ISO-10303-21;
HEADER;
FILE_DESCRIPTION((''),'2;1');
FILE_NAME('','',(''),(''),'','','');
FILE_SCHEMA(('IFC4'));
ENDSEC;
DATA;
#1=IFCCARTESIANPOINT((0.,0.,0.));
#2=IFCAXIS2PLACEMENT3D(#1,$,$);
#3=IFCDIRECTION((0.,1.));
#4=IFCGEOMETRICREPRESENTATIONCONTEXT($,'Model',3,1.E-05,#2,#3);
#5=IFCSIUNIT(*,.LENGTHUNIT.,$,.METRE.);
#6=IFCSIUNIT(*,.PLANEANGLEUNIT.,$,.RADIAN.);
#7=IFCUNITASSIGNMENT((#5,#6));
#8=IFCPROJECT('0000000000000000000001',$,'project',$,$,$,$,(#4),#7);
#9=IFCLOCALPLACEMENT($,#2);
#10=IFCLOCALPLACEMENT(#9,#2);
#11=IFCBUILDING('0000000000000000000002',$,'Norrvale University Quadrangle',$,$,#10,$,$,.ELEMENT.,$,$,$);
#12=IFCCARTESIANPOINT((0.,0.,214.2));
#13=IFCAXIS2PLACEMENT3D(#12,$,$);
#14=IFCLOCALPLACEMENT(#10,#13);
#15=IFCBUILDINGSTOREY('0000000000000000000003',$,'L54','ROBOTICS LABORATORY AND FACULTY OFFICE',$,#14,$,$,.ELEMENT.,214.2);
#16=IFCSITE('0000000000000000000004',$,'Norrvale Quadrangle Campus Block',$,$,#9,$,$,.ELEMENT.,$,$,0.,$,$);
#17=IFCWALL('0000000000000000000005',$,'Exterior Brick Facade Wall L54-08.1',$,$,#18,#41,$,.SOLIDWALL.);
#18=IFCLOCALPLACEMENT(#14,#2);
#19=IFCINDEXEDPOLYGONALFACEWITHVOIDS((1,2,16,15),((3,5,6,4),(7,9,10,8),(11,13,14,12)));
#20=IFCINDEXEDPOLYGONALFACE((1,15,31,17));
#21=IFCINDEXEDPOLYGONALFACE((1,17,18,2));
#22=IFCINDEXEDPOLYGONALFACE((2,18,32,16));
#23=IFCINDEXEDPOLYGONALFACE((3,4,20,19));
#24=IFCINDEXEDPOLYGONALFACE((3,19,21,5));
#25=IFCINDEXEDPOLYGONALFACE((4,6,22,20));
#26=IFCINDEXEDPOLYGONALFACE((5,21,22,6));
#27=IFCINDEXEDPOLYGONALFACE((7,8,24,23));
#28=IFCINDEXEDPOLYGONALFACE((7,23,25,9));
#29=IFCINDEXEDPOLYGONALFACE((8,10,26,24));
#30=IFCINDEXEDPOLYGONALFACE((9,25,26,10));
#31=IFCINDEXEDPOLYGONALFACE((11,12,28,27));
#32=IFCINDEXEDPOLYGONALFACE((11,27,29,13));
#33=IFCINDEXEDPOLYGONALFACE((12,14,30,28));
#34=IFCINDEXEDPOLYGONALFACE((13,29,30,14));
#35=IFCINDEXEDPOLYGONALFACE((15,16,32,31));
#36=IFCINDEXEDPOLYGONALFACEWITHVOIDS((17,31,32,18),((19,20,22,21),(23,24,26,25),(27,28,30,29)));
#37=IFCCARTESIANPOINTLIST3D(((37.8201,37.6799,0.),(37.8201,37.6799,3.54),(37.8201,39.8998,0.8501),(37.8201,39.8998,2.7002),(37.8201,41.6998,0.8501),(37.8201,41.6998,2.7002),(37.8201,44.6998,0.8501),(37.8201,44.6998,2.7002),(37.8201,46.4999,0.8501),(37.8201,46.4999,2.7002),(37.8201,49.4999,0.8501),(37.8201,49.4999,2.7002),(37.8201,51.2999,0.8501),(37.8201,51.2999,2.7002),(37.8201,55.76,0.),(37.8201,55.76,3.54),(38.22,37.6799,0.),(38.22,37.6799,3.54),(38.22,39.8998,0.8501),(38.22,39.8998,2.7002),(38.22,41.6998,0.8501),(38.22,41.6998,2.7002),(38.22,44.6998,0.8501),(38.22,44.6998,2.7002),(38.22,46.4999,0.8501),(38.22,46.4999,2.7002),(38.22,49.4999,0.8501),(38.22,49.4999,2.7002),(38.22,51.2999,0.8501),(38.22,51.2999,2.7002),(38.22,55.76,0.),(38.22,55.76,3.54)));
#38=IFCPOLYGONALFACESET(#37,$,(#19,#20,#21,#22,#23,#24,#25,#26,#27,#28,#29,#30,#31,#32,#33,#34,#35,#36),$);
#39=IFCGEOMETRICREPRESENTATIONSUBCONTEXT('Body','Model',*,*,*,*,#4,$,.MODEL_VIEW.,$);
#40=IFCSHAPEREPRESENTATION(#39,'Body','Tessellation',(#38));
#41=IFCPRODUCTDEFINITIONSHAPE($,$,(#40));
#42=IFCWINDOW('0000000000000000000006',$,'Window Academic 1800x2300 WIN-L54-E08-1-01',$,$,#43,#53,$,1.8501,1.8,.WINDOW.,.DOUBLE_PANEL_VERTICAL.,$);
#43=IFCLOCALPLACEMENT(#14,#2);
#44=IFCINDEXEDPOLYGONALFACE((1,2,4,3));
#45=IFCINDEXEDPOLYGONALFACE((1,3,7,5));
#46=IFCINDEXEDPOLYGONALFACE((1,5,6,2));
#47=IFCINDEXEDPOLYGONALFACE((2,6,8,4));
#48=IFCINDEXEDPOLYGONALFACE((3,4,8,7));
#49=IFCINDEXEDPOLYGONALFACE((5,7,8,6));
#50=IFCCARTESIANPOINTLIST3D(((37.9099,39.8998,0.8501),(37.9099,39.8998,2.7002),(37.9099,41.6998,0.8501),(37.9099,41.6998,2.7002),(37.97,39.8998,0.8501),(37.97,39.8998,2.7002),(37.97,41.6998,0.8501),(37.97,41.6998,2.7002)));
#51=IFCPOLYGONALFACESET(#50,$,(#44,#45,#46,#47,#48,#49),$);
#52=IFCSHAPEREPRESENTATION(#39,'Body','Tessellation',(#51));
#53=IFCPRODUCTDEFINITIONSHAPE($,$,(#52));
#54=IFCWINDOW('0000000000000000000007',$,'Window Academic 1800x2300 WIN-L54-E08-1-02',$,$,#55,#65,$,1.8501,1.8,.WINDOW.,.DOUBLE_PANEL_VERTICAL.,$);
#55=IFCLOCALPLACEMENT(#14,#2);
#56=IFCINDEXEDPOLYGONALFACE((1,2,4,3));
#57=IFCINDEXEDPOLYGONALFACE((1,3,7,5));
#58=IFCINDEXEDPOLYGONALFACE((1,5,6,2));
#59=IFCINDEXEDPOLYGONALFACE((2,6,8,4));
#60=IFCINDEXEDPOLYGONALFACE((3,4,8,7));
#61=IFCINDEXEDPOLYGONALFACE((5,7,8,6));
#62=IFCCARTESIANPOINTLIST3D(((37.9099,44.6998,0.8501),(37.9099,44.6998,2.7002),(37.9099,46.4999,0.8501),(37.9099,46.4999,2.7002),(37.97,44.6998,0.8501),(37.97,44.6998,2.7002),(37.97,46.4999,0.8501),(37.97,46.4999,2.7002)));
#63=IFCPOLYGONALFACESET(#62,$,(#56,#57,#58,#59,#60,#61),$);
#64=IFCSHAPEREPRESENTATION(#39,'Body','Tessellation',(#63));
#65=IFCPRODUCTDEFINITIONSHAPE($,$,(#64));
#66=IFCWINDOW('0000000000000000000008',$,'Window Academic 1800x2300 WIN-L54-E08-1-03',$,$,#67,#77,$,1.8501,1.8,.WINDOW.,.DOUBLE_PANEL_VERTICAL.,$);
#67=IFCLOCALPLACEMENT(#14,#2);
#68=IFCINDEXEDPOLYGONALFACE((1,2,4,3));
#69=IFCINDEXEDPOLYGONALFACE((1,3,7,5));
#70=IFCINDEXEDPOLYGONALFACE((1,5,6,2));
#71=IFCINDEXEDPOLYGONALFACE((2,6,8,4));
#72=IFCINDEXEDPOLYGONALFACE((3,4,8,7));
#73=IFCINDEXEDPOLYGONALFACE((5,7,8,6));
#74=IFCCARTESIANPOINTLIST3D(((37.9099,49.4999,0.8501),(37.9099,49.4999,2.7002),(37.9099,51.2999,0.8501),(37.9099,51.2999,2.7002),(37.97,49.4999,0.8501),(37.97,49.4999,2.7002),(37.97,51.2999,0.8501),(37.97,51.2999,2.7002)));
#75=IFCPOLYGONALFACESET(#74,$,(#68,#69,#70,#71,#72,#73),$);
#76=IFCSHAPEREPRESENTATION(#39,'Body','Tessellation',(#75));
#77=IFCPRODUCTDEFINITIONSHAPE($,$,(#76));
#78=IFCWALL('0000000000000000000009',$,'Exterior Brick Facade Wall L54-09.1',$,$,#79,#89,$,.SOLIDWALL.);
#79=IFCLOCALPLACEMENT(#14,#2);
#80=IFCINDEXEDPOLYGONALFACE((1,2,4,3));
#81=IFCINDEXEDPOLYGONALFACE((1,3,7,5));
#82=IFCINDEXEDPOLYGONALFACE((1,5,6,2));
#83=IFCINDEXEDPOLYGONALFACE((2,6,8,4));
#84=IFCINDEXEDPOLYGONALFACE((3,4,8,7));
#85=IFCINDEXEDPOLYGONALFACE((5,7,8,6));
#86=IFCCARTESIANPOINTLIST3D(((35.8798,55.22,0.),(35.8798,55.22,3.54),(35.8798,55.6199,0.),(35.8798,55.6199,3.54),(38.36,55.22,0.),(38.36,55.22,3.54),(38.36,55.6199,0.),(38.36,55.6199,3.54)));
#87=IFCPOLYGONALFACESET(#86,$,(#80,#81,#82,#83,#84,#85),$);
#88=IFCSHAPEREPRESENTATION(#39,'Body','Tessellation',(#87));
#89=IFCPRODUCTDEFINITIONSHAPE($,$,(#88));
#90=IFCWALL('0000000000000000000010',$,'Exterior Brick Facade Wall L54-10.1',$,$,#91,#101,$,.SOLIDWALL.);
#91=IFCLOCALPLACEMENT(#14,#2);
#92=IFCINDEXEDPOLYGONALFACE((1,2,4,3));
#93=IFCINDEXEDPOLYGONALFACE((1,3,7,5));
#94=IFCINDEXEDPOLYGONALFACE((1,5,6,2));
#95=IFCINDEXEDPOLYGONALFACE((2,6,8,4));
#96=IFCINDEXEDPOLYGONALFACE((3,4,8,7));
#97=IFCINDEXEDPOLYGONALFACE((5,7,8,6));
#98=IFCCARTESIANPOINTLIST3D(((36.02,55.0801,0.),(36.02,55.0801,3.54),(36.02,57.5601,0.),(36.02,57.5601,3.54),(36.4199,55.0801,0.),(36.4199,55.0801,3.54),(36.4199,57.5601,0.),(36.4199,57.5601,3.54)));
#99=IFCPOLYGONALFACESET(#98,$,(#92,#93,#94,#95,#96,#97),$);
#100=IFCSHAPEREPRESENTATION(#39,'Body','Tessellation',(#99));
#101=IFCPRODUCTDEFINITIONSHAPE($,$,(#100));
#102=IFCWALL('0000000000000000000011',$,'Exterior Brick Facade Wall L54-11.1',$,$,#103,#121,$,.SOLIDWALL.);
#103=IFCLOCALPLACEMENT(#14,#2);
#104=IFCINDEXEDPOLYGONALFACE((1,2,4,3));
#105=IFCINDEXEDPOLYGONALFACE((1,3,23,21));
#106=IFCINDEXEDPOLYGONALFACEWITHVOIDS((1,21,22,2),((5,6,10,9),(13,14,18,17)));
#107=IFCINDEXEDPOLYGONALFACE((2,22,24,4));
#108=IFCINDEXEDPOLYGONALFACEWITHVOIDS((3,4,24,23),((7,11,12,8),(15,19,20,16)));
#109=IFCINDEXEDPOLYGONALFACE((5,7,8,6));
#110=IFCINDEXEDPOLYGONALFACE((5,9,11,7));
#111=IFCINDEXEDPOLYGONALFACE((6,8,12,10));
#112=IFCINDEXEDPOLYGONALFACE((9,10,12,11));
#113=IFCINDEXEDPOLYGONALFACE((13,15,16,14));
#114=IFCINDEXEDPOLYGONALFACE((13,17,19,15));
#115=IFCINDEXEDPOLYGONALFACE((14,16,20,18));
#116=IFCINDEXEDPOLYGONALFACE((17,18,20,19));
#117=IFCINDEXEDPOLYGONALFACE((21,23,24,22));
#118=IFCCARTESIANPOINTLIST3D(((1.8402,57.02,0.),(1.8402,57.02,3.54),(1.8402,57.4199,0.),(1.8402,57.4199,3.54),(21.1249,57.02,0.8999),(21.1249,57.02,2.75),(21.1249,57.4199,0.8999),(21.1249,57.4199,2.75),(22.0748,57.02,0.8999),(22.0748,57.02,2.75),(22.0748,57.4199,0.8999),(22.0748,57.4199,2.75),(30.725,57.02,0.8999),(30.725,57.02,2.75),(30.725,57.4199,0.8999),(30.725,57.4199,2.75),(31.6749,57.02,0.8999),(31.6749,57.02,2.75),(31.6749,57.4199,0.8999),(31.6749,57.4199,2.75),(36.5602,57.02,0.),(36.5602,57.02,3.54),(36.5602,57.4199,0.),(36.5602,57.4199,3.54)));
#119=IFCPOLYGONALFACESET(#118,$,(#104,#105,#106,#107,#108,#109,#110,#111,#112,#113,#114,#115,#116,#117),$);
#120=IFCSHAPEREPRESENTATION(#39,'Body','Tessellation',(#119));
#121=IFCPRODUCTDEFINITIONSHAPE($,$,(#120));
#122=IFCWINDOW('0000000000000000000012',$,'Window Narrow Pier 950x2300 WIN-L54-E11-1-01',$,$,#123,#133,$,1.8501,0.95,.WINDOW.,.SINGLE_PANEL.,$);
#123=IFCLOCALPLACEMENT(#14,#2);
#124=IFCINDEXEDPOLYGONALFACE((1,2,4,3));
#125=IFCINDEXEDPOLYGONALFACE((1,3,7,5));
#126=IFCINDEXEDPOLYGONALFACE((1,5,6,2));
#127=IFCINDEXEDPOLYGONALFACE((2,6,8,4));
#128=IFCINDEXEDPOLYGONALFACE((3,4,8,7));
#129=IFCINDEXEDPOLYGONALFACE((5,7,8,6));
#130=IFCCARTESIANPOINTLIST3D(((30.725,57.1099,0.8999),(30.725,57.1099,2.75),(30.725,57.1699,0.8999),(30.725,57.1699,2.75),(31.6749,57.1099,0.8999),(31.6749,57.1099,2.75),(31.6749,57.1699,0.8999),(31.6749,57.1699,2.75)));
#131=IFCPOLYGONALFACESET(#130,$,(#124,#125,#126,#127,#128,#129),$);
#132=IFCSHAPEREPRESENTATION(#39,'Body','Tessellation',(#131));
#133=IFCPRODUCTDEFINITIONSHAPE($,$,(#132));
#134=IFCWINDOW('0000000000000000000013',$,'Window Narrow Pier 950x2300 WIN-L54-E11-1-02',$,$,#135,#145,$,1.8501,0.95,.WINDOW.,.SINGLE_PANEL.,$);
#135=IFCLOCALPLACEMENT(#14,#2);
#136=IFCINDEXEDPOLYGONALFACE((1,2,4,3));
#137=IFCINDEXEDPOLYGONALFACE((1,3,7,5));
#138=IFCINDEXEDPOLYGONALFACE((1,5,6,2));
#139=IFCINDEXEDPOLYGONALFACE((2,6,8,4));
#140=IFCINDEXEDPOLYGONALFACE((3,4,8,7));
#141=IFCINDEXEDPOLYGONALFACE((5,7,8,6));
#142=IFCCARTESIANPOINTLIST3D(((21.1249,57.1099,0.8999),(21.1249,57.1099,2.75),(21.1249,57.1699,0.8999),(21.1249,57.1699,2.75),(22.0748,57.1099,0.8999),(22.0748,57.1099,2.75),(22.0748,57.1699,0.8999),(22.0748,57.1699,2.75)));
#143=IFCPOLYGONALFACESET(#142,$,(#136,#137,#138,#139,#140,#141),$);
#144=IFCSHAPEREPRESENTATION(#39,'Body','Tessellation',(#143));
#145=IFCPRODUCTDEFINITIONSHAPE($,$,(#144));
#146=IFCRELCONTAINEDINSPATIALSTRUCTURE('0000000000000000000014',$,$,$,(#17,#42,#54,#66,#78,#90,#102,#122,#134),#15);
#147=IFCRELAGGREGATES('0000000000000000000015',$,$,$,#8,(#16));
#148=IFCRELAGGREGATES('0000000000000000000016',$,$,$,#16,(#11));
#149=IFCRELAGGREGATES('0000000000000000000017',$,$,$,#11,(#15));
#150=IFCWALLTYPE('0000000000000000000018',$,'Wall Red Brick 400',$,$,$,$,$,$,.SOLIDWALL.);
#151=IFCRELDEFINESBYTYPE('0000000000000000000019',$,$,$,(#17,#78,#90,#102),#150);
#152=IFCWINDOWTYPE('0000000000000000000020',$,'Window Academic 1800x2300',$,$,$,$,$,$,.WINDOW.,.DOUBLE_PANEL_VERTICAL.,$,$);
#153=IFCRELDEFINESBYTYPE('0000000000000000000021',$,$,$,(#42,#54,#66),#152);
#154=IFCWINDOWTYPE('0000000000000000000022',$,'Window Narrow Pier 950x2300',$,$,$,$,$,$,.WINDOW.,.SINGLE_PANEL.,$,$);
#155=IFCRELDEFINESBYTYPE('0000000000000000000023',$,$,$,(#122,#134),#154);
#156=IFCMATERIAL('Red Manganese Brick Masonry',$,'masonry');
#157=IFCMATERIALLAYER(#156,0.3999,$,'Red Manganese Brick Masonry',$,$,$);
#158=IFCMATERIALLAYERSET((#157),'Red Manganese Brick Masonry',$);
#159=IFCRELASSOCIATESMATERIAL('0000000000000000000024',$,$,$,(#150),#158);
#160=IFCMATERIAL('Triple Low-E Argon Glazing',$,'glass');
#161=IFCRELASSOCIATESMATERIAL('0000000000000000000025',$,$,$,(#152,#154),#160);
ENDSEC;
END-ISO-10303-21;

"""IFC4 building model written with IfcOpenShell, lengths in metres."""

from ifc_helpers import new_model, si_unit, direction, frame, frame_2d, origin, place, context, subcontext, project, spatial, rectangle, extrude, material, layer, layer_set, type_object, element, fill, save


model = new_model("IFC4")

# Units and contexts
model_context = context("Model", 3, precision=1e-05, world=origin(), true_north=direction((0.0, 1.0)))
body_context = subcontext(model_context, "Body", "Model", "MODEL_VIEW")
ifc_project = project(units=[si_unit("LENGTHUNIT", "METRE"), si_unit("PLANEANGLEUNIT", "RADIAN")], contexts=[model_context])

# Site, building, storey
site_placement = place(None, origin())
site = spatial("IfcSite", under=ifc_project, at=site_placement, Name="Norrvale Quadrangle Campus Block", CompositionType="ELEMENT", RefElevation=0.0)
building_placement = place(site_placement, origin())
building = spatial("IfcBuilding", under=site, at=building_placement, Name="Norrvale University Quadrangle", CompositionType="ELEMENT")
storey_placement = place(building_placement, frame((0.0, 0.0, 214.2)))
storey = spatial("IfcBuildingStorey", under=building, at=storey_placement, Name="L54", Description="ROBOTICS LABORATORY AND FACULTY OFFICE", CompositionType="ELEMENT", Elevation=214.2)

# Wall, openings, windows
ifc_material_1 = material(Name="Red Manganese Brick Masonry", Category="masonry")
ifc_layer_1 = layer(ifc_material_1, 0.3999, Name="Red Manganese Brick Masonry")
ifc_layer_set_1 = layer_set([ifc_layer_1], Name="Red Manganese Brick Masonry")
wall_type_1 = type_object("IfcWallType", Name="Wall Red Brick 400", PredefinedType="SOLIDWALL", material=ifc_layer_set_1)
ifc_material_2 = material(Name="Triple Low-E Argon Glazing", Category="glass")
window_type_1 = type_object("IfcWindowType", Name="Window Academic 1800x2300", PartitioningType="DOUBLE_PANEL_VERTICAL", PredefinedType="WINDOW", material=ifc_material_2)
wall_1_placement = place(storey_placement, frame((38.02, 37.6799, 0.0), z_axis=(0.0, 0.0, 1.0), x_axis=(0.0, 1.0, 0.0)))
wall_1 = element("IfcWall", 1, at=wall_1_placement, inside=storey, type_object=wall_type_1, Name="Exterior Brick Facade Wall L54-08.1", PredefinedType="SOLIDWALL", context=body_context, shape_type="SweptSolid", body=[
    extrude(rectangle(XDim=18.0801, YDim=0.3999, at=frame_2d((9.04, 0.0))), origin(), (0.0, 0.0, 1.0), 3.54),
])
opening_1_placement = place(wall_1_placement, frame((2.22, 0.0, 0.8501)))
opening_1 = element("IfcOpeningElement", 2, at=opening_1_placement, cuts=wall_1, PredefinedType="OPENING", context=body_context, shape_type="SweptSolid", body=[
    extrude(rectangle(XDim=1.8, YDim=1.8501, at=frame_2d((0.8999, 0.925))), frame((0.0, 0.2119, 0.0), z_axis=(0.0, -1.0, 0.0), x_axis=(1.0, 0.0, 0.0)), (0.0, 0.0, 1.0), 0.4238),
])
opening_2_placement = place(wall_1_placement, frame((7.02, 0.0, 0.8501)))
opening_2 = element("IfcOpeningElement", 3, at=opening_2_placement, cuts=wall_1, PredefinedType="OPENING", context=body_context, shape_type="SweptSolid", body=[
    extrude(rectangle(XDim=1.8, YDim=1.8501, at=frame_2d((0.8999, 0.925))), frame((0.0, 0.2119, 0.0), z_axis=(0.0, -1.0, 0.0), x_axis=(1.0, 0.0, 0.0)), (0.0, 0.0, 1.0), 0.4238),
])
opening_3_placement = place(wall_1_placement, frame((11.8201, 0.0, 0.8501)))
opening_3 = element("IfcOpeningElement", 4, at=opening_3_placement, cuts=wall_1, PredefinedType="OPENING", context=body_context, shape_type="SweptSolid", body=[
    extrude(rectangle(XDim=1.8, YDim=1.8501, at=frame_2d((0.8999, 0.925))), frame((0.0, 0.2119, 0.0), z_axis=(0.0, -1.0, 0.0), x_axis=(1.0, 0.0, 0.0)), (0.0, 0.0, 1.0), 0.4238),
])
window_1_placement = place(opening_1_placement, origin())
window_1 = element("IfcWindow", 5, at=window_1_placement, inside=storey, type_object=window_type_1, Name="Window Academic 1800x2300 WIN-L54-E08-1-01", OverallHeight=1.8501, OverallWidth=1.8, PartitioningType="DOUBLE_PANEL_VERTICAL", PredefinedType="WINDOW", context=body_context, shape_type="SweptSolid", body=[
    extrude(rectangle(XDim=1.8, YDim=1.8501, at=frame_2d((0.8999, 0.925))), frame((0.0, 0.1101, 0.0), z_axis=(0.0, -1.0, 0.0), x_axis=(1.0, 0.0, 0.0)), (0.0, 0.0, 1.0), 0.0601),
])
fill(opening_1, window_1)
window_2_placement = place(opening_2_placement, origin())
window_2 = element("IfcWindow", 6, at=window_2_placement, inside=storey, type_object=window_type_1, Name="Window Academic 1800x2300 WIN-L54-E08-1-02", OverallHeight=1.8501, OverallWidth=1.8, PartitioningType="DOUBLE_PANEL_VERTICAL", PredefinedType="WINDOW", context=body_context, shape_type="SweptSolid", body=[
    extrude(rectangle(XDim=1.8, YDim=1.8501, at=frame_2d((0.8999, 0.925))), frame((0.0, 0.1101, 0.0), z_axis=(0.0, -1.0, 0.0), x_axis=(1.0, 0.0, 0.0)), (0.0, 0.0, 1.0), 0.0601),
])
fill(opening_2, window_2)
window_3_placement = place(opening_3_placement, origin())
window_3 = element("IfcWindow", 7, at=window_3_placement, inside=storey, type_object=window_type_1, Name="Window Academic 1800x2300 WIN-L54-E08-1-03", OverallHeight=1.8501, OverallWidth=1.8, PartitioningType="DOUBLE_PANEL_VERTICAL", PredefinedType="WINDOW", context=body_context, shape_type="SweptSolid", body=[
    extrude(rectangle(XDim=1.8, YDim=1.8501, at=frame_2d((0.8999, 0.925))), frame((0.0, 0.1101, 0.0), z_axis=(0.0, -1.0, 0.0), x_axis=(1.0, 0.0, 0.0)), (0.0, 0.0, 1.0), 0.0601),
])
fill(opening_3, window_3)

# Walls
wall_2_placement = place(storey_placement, frame((38.3601, 55.4199, 0.0), z_axis=(0.0, 0.0, 1.0), x_axis=(-1.0, 0.0, 0.0)))
element("IfcWall", 8, at=wall_2_placement, inside=storey, type_object=wall_type_1, Name="Exterior Brick Facade Wall L54-09.1", PredefinedType="SOLIDWALL", context=body_context, shape_type="SweptSolid", body=[
    extrude(rectangle(XDim=2.4802, YDim=0.3999, at=frame_2d((1.2402, 0.0))), origin(), (0.0, 0.0, 1.0), 3.54),
])
wall_3_placement = place(storey_placement, frame((36.22, 55.0801, 0.0), z_axis=(0.0, 0.0, 1.0), x_axis=(0.0, 1.0, 0.0)))
element("IfcWall", 9, at=wall_3_placement, inside=storey, type_object=wall_type_1, Name="Exterior Brick Facade Wall L54-10.1", PredefinedType="SOLIDWALL", context=body_context, shape_type="SweptSolid", body=[
    extrude(rectangle(XDim=2.48, YDim=0.3999, at=frame_2d((1.24, 0.0))), origin(), (0.0, 0.0, 1.0), 3.54),
])

# Wall, openings, windows
wall_4_placement = place(storey_placement, frame((36.5601, 57.22, 0.0), z_axis=(0.0, 0.0, 1.0), x_axis=(-1.0, 0.0, 0.0)))
wall_4 = element("IfcWall", 10, at=wall_4_placement, inside=storey, type_object=wall_type_1, Name="Exterior Brick Facade Wall L54-11.1", PredefinedType="SOLIDWALL", context=body_context, shape_type="SweptSolid", body=[
    extrude(rectangle(XDim=34.72, YDim=0.3999, at=frame_2d((17.3599, 0.0))), origin(), (0.0, 0.0, 1.0), 3.54),
])
opening_4_placement = place(wall_4_placement, frame((4.885, 0.0, 0.8999)))
opening_4 = element("IfcOpeningElement", 11, at=opening_4_placement, cuts=wall_4, PredefinedType="OPENING", context=body_context, shape_type="SweptSolid", body=[
    extrude(rectangle(XDim=0.95, YDim=1.8501, at=frame_2d((0.4751, 0.925))), frame((0.0, 0.2119, 0.0), z_axis=(0.0, -1.0, 0.0), x_axis=(1.0, 0.0, 0.0)), (0.0, 0.0, 1.0), 0.4238),
])
opening_5_placement = place(wall_4_placement, frame((14.4851, 0.0, 0.8999)))
opening_5 = element("IfcOpeningElement", 12, at=opening_5_placement, cuts=wall_4, PredefinedType="OPENING", context=body_context, shape_type="SweptSolid", body=[
    extrude(rectangle(XDim=0.95, YDim=1.8501, at=frame_2d((0.4751, 0.925))), frame((0.0, 0.2119, 0.0), z_axis=(0.0, -1.0, 0.0), x_axis=(1.0, 0.0, 0.0)), (0.0, 0.0, 1.0), 0.4238),
])
window_type_2 = type_object("IfcWindowType", Name="Window Narrow Pier 950x2300", PartitioningType="SINGLE_PANEL", PredefinedType="WINDOW", material=ifc_material_2)
window_4_placement = place(opening_4_placement, origin())
window_4 = element("IfcWindow", 13, at=window_4_placement, inside=storey, type_object=window_type_2, Name="Window Narrow Pier 950x2300 WIN-L54-E11-1-01", OverallHeight=1.8501, OverallWidth=0.95, PartitioningType="SINGLE_PANEL", PredefinedType="WINDOW", context=body_context, shape_type="SweptSolid", body=[
    extrude(rectangle(XDim=0.95, YDim=1.8501, at=frame_2d((0.4751, 0.925))), frame((0.0, 0.1101, 0.0), z_axis=(0.0, -1.0, 0.0), x_axis=(1.0, 0.0, 0.0)), (0.0, 0.0, 1.0), 0.0601),
])
fill(opening_4, window_4)
window_5_placement = place(opening_5_placement, origin())
window_5 = element("IfcWindow", 14, at=window_5_placement, inside=storey, type_object=window_type_2, Name="Window Narrow Pier 950x2300 WIN-L54-E11-1-02", OverallHeight=1.8501, OverallWidth=0.95, PartitioningType="SINGLE_PANEL", PredefinedType="WINDOW", context=body_context, shape_type="SweptSolid", body=[
    extrude(rectangle(XDim=0.95, YDim=1.8501, at=frame_2d((0.4751, 0.925))), frame((0.0, 0.1101, 0.0), z_axis=(0.0, -1.0, 0.0), x_axis=(1.0, 0.0, 0.0)), (0.0, 0.0, 1.0), 0.0601),
])
fill(opening_5, window_5)

save(model, "model.ifc")
